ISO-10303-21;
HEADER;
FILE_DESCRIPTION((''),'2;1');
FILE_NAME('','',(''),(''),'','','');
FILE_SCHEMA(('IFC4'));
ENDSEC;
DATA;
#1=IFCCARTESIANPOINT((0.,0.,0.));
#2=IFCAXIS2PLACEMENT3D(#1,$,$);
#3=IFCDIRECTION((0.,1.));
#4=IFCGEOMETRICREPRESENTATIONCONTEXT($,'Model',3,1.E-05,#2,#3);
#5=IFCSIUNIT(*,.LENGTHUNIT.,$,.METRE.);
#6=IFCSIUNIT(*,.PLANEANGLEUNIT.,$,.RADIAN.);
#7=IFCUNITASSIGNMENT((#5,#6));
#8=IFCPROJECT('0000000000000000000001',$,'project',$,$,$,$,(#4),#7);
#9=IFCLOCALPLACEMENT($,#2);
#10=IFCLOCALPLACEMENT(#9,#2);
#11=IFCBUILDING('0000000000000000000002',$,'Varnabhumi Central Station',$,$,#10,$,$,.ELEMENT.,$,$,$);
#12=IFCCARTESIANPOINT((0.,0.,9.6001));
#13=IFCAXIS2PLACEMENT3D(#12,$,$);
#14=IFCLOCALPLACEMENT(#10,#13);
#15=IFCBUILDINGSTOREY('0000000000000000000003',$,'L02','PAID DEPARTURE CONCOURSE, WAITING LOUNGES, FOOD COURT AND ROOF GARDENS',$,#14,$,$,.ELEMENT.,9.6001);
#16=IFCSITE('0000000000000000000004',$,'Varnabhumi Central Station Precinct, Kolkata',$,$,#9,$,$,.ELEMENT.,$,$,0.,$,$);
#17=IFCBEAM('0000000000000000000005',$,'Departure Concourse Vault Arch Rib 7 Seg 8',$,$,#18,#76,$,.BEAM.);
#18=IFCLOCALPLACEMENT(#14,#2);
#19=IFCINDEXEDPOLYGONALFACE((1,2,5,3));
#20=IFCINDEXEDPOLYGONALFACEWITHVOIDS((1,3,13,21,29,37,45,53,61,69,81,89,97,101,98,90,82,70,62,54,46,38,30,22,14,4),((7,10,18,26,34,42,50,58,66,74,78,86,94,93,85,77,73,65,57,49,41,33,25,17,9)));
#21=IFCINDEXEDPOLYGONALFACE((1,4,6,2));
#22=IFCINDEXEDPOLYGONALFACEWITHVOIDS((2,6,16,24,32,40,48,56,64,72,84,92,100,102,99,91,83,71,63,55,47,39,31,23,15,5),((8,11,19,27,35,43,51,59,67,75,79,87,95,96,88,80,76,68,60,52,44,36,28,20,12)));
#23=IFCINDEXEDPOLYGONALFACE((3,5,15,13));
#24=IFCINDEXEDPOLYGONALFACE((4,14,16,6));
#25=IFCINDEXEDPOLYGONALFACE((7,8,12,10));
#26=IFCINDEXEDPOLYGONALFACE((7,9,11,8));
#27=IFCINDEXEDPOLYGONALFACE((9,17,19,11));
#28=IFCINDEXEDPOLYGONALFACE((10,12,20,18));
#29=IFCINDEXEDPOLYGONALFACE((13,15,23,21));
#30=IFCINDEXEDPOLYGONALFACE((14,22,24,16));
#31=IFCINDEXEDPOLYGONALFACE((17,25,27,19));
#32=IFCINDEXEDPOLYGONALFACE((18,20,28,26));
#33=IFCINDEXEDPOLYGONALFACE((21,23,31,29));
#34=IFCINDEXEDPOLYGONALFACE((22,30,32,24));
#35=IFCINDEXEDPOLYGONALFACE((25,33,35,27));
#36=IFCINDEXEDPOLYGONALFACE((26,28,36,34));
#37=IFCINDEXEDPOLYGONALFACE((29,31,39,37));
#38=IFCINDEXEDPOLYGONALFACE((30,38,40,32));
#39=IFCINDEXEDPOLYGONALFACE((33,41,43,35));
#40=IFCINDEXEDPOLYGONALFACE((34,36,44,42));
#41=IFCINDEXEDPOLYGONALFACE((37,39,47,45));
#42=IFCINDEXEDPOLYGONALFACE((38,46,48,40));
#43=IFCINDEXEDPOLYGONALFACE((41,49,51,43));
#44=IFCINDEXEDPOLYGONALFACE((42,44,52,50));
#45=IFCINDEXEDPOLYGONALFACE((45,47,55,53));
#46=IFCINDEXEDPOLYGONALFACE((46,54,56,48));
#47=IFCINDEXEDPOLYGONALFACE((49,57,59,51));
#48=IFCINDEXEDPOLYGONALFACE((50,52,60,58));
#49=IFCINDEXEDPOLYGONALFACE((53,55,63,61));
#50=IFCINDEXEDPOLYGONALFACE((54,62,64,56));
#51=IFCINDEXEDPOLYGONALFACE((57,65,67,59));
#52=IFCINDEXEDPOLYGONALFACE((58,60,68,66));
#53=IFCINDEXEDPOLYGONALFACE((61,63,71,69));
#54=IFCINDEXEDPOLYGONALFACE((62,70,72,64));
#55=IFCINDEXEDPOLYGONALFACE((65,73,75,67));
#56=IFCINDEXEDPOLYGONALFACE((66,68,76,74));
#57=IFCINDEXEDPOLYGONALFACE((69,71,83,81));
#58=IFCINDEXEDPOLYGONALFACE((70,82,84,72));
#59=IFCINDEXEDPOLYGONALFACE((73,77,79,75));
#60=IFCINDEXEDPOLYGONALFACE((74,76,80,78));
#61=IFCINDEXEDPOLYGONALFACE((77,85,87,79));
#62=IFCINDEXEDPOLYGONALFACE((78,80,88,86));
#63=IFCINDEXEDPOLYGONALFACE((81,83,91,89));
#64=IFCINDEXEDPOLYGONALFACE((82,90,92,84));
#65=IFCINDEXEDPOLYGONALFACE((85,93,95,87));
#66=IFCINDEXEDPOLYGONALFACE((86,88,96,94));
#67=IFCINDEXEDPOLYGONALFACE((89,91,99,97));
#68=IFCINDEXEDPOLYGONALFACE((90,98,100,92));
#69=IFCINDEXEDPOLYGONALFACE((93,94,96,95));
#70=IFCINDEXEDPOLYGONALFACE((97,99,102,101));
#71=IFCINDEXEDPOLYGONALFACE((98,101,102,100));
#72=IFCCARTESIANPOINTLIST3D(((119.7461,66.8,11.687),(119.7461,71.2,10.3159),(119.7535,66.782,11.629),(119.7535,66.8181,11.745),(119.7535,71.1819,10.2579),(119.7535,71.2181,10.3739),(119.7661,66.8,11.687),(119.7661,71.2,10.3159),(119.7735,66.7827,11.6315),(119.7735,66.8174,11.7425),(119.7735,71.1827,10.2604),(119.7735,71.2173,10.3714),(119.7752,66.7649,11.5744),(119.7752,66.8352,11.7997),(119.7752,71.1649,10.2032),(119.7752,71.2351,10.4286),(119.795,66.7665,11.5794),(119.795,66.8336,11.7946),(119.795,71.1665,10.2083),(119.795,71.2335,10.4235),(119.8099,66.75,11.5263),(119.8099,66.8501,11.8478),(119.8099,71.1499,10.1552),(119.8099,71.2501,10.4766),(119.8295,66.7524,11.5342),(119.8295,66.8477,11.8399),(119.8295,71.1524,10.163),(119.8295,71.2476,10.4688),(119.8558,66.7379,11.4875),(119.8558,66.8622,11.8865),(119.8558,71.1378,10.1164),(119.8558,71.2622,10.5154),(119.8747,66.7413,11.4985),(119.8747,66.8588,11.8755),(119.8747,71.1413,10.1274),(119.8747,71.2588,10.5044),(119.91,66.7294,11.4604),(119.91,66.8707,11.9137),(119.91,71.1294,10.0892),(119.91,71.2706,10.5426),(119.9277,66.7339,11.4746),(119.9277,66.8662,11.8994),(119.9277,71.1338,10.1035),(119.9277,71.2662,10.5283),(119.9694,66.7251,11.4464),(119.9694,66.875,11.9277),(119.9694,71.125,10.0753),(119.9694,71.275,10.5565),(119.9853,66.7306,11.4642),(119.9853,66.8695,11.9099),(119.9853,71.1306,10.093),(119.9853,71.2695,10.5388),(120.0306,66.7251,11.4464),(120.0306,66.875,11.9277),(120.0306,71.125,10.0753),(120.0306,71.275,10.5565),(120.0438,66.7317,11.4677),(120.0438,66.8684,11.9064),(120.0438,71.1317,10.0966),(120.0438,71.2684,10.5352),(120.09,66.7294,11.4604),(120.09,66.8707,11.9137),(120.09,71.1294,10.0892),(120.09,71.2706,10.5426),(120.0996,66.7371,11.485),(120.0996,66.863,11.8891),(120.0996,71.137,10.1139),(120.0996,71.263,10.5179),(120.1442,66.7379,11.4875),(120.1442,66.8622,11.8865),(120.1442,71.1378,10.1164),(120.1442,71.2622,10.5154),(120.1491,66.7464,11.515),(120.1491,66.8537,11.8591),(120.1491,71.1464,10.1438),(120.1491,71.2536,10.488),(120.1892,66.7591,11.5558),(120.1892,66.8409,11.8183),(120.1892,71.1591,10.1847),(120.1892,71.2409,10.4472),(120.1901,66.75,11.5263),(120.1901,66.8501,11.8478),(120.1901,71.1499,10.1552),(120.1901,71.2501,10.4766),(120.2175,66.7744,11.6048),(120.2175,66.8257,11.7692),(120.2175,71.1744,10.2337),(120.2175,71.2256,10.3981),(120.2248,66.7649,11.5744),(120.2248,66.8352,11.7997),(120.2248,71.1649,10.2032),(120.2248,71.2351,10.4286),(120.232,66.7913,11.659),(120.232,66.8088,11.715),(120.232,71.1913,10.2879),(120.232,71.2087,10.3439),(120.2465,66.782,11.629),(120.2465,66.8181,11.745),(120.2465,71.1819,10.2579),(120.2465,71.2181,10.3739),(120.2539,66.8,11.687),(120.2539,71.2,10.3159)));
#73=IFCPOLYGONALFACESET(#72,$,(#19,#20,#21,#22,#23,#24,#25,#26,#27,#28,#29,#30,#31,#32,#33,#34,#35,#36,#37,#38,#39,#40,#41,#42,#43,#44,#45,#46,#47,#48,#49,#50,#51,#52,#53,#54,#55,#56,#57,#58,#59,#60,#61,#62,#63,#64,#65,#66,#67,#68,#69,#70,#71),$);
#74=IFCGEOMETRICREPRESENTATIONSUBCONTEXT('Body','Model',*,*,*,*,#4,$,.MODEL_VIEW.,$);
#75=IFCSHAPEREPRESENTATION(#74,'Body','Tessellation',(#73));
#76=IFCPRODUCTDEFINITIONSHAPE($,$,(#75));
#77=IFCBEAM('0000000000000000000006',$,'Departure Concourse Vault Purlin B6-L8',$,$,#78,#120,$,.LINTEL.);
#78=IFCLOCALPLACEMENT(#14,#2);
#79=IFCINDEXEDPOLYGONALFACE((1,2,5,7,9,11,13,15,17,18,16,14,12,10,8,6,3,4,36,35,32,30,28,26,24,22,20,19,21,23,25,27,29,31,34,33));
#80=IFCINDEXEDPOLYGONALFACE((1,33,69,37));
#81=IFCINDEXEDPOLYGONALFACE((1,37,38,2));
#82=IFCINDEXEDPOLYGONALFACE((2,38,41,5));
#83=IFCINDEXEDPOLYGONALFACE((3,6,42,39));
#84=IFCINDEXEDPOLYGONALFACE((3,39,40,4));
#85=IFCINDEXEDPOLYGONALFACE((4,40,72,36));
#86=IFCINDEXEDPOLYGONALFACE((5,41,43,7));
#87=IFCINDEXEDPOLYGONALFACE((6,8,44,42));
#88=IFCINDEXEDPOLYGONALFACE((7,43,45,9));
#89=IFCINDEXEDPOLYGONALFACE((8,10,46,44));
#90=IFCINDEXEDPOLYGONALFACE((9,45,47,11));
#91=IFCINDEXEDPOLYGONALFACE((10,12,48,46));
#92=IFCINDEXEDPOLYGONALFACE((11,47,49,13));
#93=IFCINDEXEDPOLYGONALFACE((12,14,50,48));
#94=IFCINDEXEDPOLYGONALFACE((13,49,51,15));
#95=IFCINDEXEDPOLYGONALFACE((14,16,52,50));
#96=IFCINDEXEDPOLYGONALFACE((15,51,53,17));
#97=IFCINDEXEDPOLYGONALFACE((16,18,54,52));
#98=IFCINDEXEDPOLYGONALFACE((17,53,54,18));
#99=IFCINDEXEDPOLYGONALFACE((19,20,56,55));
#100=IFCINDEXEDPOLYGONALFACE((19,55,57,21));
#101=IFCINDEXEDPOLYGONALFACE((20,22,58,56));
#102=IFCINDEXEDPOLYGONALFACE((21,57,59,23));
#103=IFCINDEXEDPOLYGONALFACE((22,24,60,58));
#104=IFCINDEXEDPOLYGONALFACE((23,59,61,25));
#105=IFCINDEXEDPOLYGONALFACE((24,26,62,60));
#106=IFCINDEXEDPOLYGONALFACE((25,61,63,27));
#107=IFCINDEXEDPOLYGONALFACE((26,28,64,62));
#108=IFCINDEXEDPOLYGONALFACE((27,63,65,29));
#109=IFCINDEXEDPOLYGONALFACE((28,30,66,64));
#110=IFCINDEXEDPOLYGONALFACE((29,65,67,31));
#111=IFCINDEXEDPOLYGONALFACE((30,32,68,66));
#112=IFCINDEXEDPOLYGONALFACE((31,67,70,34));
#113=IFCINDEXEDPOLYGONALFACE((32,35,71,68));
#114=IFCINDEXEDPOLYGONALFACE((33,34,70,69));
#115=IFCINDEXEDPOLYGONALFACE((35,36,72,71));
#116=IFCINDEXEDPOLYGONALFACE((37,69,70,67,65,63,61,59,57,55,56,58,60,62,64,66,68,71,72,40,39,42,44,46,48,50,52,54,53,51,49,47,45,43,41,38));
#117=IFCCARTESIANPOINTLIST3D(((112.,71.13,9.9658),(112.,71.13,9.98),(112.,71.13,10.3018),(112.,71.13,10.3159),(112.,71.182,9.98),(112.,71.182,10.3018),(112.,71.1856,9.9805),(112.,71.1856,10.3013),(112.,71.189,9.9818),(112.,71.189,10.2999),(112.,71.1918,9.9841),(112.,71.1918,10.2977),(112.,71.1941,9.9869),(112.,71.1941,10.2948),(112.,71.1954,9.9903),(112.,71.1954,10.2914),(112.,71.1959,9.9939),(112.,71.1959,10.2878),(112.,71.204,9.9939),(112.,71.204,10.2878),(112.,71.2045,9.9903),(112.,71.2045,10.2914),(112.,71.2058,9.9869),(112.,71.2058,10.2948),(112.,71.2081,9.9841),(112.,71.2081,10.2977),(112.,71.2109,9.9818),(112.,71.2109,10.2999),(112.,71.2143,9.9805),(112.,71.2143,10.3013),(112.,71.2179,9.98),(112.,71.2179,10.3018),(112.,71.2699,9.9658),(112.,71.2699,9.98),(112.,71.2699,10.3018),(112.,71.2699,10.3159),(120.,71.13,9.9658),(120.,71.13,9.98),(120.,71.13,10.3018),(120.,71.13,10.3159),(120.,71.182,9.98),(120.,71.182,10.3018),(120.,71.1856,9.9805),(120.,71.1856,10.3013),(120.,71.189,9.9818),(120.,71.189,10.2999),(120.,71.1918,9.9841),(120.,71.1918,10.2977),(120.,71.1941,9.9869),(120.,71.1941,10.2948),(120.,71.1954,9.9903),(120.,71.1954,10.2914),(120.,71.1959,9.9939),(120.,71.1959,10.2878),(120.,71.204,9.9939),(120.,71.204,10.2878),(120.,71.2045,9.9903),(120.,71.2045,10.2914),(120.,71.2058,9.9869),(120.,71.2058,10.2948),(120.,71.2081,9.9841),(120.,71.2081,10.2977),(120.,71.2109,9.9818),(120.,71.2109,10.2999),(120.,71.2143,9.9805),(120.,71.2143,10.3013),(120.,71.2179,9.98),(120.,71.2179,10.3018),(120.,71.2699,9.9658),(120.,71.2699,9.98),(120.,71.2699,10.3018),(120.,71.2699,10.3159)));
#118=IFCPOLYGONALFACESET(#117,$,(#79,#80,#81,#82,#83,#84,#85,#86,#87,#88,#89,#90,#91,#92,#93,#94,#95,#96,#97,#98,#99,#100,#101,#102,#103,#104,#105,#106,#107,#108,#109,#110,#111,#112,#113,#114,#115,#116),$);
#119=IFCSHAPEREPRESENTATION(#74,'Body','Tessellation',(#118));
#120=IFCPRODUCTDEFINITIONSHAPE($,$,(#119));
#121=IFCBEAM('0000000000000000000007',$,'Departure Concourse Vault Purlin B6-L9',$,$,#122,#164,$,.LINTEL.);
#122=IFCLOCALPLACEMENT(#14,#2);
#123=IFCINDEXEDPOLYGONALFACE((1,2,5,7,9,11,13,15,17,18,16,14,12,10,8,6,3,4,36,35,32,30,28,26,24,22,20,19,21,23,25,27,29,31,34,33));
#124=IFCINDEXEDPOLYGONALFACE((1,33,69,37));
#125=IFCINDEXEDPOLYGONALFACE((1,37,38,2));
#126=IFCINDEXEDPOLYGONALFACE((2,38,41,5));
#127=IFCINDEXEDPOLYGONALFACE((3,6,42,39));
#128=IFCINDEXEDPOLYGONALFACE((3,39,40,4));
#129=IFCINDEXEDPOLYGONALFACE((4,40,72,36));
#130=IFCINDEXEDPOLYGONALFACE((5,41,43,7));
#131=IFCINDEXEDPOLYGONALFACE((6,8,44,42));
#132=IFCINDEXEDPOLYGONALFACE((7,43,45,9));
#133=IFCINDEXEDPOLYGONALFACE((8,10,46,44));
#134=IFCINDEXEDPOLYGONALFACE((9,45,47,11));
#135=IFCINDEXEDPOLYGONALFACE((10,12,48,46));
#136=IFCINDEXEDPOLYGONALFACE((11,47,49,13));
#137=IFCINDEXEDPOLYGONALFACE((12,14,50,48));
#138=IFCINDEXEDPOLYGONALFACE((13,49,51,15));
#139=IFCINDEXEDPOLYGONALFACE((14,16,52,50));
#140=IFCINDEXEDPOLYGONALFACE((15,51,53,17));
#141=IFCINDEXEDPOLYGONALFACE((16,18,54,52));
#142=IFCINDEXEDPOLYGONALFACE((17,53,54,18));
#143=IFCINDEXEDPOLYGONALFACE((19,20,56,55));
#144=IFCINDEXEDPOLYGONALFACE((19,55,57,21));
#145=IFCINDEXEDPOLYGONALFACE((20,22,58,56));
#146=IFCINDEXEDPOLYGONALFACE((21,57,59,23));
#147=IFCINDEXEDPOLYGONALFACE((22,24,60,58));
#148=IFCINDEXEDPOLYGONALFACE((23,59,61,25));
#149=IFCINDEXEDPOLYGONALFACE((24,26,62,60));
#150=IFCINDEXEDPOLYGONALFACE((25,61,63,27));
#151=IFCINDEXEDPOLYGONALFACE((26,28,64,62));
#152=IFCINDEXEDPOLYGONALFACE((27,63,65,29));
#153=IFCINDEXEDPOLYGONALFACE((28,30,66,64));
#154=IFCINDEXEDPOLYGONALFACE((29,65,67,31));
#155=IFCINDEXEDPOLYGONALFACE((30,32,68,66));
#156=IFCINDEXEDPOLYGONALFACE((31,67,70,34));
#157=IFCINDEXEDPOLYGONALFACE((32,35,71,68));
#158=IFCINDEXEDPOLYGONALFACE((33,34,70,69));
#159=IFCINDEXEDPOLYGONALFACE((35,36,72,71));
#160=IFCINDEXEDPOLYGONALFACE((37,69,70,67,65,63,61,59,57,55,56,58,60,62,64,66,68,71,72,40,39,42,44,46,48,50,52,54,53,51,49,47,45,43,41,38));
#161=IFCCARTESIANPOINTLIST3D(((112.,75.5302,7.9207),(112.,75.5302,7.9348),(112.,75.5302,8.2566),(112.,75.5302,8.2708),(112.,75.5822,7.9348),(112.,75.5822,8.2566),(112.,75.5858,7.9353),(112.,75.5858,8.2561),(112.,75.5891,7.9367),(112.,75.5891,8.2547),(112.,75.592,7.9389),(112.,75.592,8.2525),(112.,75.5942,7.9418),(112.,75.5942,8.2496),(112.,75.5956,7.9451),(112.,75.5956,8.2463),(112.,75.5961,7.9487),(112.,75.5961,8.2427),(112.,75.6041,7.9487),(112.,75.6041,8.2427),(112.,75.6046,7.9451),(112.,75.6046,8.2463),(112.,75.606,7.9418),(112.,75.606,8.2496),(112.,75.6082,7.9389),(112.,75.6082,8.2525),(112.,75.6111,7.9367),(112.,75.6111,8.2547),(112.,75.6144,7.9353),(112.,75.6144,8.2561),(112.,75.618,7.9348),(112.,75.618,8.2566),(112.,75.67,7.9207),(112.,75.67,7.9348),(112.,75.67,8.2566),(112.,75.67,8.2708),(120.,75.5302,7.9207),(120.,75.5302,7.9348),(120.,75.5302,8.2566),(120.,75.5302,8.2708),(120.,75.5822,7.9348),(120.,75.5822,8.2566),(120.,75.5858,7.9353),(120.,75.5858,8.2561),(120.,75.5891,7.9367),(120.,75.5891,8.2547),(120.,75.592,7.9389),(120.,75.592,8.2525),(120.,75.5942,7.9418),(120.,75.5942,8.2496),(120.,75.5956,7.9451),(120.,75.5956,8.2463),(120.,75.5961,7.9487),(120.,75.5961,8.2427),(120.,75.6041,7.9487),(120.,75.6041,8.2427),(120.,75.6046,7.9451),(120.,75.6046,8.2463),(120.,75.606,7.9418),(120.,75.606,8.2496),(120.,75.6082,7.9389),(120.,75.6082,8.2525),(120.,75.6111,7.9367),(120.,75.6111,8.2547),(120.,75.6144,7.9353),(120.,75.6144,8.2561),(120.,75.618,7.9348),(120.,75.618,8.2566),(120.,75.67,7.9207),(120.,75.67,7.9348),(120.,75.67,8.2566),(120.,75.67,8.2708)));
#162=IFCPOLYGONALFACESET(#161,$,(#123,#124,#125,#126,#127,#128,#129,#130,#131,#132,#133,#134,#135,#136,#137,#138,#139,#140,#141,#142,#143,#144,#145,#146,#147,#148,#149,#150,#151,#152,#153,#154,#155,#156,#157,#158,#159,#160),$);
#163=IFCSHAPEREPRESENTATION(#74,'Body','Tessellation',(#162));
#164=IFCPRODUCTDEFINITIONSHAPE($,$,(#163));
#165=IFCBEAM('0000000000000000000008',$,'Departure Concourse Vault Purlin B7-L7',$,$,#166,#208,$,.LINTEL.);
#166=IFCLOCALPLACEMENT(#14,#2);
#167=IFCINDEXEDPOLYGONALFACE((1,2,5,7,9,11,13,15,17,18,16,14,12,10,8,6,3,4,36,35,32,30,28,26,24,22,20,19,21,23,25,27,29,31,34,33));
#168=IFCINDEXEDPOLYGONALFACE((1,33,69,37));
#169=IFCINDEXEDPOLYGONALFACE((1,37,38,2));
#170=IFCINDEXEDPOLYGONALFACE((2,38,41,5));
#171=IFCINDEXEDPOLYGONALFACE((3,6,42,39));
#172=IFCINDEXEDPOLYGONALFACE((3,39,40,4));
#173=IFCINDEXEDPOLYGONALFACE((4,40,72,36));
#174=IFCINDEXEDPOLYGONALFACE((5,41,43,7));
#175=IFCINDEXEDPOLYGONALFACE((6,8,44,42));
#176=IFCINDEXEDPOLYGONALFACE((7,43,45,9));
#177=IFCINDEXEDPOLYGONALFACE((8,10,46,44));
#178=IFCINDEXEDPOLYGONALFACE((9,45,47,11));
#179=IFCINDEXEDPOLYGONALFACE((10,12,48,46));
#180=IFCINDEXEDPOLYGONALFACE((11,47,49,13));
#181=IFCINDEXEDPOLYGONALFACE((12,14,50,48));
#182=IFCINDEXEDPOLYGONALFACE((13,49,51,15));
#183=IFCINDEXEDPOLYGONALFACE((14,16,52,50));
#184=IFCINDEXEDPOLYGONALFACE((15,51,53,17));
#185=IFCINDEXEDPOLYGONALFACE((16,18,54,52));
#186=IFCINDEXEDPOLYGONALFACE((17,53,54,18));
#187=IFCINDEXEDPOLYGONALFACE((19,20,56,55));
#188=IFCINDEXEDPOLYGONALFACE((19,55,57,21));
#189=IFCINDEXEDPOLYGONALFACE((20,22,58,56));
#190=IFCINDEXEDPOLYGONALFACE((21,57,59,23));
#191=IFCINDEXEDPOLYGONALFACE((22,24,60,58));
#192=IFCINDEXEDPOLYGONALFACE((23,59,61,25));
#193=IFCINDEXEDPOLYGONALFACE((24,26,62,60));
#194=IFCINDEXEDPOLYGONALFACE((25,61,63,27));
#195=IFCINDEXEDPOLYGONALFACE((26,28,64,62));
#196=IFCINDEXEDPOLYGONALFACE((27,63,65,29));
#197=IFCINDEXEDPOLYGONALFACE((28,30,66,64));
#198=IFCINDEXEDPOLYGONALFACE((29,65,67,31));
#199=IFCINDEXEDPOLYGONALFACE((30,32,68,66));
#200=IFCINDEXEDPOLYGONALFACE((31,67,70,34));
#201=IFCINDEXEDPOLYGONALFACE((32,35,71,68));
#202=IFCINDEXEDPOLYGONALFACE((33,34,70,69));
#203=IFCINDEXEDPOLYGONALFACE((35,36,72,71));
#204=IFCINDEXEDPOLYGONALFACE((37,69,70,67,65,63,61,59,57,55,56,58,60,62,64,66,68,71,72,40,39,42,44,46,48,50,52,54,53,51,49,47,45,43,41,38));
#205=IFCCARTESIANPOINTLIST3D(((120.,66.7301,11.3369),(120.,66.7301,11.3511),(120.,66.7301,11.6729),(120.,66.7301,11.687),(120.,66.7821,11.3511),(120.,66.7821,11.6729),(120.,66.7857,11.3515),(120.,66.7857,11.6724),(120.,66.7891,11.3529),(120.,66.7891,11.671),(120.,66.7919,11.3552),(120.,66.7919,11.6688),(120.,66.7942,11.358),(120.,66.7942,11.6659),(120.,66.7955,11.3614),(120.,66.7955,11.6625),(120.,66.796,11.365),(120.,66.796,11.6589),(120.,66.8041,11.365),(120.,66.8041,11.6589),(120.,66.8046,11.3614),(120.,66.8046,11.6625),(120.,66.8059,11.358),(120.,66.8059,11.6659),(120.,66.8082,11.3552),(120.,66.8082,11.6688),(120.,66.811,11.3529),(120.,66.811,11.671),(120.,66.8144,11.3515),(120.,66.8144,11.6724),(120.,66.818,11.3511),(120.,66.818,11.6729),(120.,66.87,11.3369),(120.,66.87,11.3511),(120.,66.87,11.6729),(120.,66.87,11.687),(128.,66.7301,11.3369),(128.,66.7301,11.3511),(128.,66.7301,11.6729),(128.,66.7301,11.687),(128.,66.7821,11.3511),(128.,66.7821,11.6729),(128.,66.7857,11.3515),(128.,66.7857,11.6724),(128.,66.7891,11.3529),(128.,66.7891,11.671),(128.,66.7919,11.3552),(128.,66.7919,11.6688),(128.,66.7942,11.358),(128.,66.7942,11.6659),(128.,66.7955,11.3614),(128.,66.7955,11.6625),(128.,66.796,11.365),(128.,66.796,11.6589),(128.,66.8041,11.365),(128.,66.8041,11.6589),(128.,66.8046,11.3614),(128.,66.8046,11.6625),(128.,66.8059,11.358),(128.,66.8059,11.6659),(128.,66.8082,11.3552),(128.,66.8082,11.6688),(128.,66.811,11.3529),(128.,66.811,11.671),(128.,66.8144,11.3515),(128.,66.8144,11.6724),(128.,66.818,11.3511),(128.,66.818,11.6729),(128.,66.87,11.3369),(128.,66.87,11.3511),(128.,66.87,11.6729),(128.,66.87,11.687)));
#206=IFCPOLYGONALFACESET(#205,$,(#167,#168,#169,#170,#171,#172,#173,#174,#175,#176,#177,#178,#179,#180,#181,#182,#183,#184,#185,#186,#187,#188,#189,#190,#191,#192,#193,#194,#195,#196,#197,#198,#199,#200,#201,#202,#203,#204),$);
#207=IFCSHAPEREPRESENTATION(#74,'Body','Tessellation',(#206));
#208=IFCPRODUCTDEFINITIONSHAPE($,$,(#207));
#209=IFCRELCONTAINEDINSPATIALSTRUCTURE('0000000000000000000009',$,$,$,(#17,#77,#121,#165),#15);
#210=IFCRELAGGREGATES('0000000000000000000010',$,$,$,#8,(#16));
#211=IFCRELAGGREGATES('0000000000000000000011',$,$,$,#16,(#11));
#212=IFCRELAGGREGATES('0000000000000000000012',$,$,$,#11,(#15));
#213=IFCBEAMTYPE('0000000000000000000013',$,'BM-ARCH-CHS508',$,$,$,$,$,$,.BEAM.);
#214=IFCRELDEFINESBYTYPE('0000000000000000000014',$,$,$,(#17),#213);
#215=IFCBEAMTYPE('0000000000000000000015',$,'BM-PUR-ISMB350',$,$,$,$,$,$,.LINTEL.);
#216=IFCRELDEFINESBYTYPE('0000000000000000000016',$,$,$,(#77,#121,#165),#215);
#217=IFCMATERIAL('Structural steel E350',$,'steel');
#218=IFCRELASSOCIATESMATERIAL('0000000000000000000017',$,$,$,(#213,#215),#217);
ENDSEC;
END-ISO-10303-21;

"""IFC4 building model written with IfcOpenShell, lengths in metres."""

from ifc_helpers import new_model, si_unit, direction, frame, origin, origin_2d, place, context, subcontext, project, spatial, hollow_circle, i_section, extrude, material, material_profile, profile_set, type_object, element, save


model = new_model("IFC4")

# Units and contexts
model_context = context("Model", 3, precision=1e-05, world=origin(), true_north=direction((0.0, 1.0)))
body_context = subcontext(model_context, "Body", "Model", "MODEL_VIEW")
ifc_project = project(units=[si_unit("LENGTHUNIT", "METRE"), si_unit("PLANEANGLEUNIT", "RADIAN")], contexts=[model_context])

# Site, building, storey
site_placement = place(None, origin())
site = spatial("IfcSite", under=ifc_project, at=site_placement, Name="Varnabhumi Central Station Precinct, Kolkata", CompositionType="ELEMENT", RefElevation=0.0)
building_placement = place(site_placement, origin())
building = spatial("IfcBuilding", under=site, at=building_placement, Name="Varnabhumi Central Station", CompositionType="ELEMENT")
storey_placement = place(building_placement, frame((0.0, 0.0, 9.6001)))
storey = spatial("IfcBuildingStorey", under=building, at=storey_placement, Name="L02", Description="PAID DEPARTURE CONCOURSE, WAITING LOUNGES, FOOD COURT AND ROOF GARDENS", CompositionType="ELEMENT", Elevation=9.6001)

# Beams
ifc_material_1 = material(Name="Structural steel E350", Category="steel")
ifc_material_profile_1 = material_profile(ifc_material_1, hollow_circle(Radius=0.2539, WallThickness=0.02, at=origin_2d()), Name="Structural steel E350", Category="steel")
ifc_profile_set_1 = profile_set([ifc_material_profile_1], Name="Structural steel E350")
beam_type_1 = type_object("IfcBeamType", Name="BM-ARCH-CHS508", PredefinedType="BEAM", material=ifc_profile_set_1)
beam_1_placement = place(storey_placement, frame((120.0, 66.8, 11.687), z_axis=(0.0, 0.954719, -0.297509), x_axis=(-1.0, 0.0, 0.0)))
element("IfcBeam", 1, at=beam_1_placement, inside=storey, type_object=beam_type_1, Name="Departure Concourse Vault Arch Rib 7 Seg 8", PredefinedType="BEAM", context=body_context, shape_type="SweptSolid", body=[
    extrude(hollow_circle(Radius=0.2539, WallThickness=0.02, at=origin_2d()), origin(), (0.0, 0.0, 1.0), 4.6086),
])
ifc_material_profile_2 = material_profile(ifc_material_1, i_section(OverallWidth=0.1399, OverallDepth=0.3501, WebThickness=0.0081, FlangeThickness=0.0142, FilletRadius=0.0139, at=origin_2d()), Name="Structural steel E350", Category="steel")
ifc_profile_set_2 = profile_set([ifc_material_profile_2], Name="Structural steel E350")
beam_type_2 = type_object("IfcBeamType", Name="BM-PUR-ISMB350", PredefinedType="LINTEL", material=ifc_profile_set_2)
for number, where, z_axis, x_axis, name in (
    (2, (112.0, 71.2, 10.1409), (1.0, 0.0, 0.0), (0.0, 1.0, 0.0), "Departure Concourse Vault Purlin B6-L8"),
    (3, (112.0, 75.6001, 8.0957), (1.0, 0.0, 0.0), (0.0, 1.0, 0.0), "Departure Concourse Vault Purlin B6-L9"),
    (4, (120.0, 66.8, 11.512), (1.0, 0.0, 0.0), (0.0, 1.0, 0.0), "Departure Concourse Vault Purlin B7-L7"),
):
    element("IfcBeam", number, at=place(storey_placement, frame(where, z_axis=z_axis, x_axis=x_axis)), inside=storey, type_object=beam_type_2, Name=name, PredefinedType="LINTEL", context=body_context, shape_type="SweptSolid", body=[
        extrude(i_section(OverallWidth=0.1399, OverallDepth=0.3501, WebThickness=0.0081, FlangeThickness=0.0142, FilletRadius=0.0139, at=origin_2d()), origin(), (0.0, 0.0, 1.0), 8.0),
    ])

save(model, "model.ifc")
